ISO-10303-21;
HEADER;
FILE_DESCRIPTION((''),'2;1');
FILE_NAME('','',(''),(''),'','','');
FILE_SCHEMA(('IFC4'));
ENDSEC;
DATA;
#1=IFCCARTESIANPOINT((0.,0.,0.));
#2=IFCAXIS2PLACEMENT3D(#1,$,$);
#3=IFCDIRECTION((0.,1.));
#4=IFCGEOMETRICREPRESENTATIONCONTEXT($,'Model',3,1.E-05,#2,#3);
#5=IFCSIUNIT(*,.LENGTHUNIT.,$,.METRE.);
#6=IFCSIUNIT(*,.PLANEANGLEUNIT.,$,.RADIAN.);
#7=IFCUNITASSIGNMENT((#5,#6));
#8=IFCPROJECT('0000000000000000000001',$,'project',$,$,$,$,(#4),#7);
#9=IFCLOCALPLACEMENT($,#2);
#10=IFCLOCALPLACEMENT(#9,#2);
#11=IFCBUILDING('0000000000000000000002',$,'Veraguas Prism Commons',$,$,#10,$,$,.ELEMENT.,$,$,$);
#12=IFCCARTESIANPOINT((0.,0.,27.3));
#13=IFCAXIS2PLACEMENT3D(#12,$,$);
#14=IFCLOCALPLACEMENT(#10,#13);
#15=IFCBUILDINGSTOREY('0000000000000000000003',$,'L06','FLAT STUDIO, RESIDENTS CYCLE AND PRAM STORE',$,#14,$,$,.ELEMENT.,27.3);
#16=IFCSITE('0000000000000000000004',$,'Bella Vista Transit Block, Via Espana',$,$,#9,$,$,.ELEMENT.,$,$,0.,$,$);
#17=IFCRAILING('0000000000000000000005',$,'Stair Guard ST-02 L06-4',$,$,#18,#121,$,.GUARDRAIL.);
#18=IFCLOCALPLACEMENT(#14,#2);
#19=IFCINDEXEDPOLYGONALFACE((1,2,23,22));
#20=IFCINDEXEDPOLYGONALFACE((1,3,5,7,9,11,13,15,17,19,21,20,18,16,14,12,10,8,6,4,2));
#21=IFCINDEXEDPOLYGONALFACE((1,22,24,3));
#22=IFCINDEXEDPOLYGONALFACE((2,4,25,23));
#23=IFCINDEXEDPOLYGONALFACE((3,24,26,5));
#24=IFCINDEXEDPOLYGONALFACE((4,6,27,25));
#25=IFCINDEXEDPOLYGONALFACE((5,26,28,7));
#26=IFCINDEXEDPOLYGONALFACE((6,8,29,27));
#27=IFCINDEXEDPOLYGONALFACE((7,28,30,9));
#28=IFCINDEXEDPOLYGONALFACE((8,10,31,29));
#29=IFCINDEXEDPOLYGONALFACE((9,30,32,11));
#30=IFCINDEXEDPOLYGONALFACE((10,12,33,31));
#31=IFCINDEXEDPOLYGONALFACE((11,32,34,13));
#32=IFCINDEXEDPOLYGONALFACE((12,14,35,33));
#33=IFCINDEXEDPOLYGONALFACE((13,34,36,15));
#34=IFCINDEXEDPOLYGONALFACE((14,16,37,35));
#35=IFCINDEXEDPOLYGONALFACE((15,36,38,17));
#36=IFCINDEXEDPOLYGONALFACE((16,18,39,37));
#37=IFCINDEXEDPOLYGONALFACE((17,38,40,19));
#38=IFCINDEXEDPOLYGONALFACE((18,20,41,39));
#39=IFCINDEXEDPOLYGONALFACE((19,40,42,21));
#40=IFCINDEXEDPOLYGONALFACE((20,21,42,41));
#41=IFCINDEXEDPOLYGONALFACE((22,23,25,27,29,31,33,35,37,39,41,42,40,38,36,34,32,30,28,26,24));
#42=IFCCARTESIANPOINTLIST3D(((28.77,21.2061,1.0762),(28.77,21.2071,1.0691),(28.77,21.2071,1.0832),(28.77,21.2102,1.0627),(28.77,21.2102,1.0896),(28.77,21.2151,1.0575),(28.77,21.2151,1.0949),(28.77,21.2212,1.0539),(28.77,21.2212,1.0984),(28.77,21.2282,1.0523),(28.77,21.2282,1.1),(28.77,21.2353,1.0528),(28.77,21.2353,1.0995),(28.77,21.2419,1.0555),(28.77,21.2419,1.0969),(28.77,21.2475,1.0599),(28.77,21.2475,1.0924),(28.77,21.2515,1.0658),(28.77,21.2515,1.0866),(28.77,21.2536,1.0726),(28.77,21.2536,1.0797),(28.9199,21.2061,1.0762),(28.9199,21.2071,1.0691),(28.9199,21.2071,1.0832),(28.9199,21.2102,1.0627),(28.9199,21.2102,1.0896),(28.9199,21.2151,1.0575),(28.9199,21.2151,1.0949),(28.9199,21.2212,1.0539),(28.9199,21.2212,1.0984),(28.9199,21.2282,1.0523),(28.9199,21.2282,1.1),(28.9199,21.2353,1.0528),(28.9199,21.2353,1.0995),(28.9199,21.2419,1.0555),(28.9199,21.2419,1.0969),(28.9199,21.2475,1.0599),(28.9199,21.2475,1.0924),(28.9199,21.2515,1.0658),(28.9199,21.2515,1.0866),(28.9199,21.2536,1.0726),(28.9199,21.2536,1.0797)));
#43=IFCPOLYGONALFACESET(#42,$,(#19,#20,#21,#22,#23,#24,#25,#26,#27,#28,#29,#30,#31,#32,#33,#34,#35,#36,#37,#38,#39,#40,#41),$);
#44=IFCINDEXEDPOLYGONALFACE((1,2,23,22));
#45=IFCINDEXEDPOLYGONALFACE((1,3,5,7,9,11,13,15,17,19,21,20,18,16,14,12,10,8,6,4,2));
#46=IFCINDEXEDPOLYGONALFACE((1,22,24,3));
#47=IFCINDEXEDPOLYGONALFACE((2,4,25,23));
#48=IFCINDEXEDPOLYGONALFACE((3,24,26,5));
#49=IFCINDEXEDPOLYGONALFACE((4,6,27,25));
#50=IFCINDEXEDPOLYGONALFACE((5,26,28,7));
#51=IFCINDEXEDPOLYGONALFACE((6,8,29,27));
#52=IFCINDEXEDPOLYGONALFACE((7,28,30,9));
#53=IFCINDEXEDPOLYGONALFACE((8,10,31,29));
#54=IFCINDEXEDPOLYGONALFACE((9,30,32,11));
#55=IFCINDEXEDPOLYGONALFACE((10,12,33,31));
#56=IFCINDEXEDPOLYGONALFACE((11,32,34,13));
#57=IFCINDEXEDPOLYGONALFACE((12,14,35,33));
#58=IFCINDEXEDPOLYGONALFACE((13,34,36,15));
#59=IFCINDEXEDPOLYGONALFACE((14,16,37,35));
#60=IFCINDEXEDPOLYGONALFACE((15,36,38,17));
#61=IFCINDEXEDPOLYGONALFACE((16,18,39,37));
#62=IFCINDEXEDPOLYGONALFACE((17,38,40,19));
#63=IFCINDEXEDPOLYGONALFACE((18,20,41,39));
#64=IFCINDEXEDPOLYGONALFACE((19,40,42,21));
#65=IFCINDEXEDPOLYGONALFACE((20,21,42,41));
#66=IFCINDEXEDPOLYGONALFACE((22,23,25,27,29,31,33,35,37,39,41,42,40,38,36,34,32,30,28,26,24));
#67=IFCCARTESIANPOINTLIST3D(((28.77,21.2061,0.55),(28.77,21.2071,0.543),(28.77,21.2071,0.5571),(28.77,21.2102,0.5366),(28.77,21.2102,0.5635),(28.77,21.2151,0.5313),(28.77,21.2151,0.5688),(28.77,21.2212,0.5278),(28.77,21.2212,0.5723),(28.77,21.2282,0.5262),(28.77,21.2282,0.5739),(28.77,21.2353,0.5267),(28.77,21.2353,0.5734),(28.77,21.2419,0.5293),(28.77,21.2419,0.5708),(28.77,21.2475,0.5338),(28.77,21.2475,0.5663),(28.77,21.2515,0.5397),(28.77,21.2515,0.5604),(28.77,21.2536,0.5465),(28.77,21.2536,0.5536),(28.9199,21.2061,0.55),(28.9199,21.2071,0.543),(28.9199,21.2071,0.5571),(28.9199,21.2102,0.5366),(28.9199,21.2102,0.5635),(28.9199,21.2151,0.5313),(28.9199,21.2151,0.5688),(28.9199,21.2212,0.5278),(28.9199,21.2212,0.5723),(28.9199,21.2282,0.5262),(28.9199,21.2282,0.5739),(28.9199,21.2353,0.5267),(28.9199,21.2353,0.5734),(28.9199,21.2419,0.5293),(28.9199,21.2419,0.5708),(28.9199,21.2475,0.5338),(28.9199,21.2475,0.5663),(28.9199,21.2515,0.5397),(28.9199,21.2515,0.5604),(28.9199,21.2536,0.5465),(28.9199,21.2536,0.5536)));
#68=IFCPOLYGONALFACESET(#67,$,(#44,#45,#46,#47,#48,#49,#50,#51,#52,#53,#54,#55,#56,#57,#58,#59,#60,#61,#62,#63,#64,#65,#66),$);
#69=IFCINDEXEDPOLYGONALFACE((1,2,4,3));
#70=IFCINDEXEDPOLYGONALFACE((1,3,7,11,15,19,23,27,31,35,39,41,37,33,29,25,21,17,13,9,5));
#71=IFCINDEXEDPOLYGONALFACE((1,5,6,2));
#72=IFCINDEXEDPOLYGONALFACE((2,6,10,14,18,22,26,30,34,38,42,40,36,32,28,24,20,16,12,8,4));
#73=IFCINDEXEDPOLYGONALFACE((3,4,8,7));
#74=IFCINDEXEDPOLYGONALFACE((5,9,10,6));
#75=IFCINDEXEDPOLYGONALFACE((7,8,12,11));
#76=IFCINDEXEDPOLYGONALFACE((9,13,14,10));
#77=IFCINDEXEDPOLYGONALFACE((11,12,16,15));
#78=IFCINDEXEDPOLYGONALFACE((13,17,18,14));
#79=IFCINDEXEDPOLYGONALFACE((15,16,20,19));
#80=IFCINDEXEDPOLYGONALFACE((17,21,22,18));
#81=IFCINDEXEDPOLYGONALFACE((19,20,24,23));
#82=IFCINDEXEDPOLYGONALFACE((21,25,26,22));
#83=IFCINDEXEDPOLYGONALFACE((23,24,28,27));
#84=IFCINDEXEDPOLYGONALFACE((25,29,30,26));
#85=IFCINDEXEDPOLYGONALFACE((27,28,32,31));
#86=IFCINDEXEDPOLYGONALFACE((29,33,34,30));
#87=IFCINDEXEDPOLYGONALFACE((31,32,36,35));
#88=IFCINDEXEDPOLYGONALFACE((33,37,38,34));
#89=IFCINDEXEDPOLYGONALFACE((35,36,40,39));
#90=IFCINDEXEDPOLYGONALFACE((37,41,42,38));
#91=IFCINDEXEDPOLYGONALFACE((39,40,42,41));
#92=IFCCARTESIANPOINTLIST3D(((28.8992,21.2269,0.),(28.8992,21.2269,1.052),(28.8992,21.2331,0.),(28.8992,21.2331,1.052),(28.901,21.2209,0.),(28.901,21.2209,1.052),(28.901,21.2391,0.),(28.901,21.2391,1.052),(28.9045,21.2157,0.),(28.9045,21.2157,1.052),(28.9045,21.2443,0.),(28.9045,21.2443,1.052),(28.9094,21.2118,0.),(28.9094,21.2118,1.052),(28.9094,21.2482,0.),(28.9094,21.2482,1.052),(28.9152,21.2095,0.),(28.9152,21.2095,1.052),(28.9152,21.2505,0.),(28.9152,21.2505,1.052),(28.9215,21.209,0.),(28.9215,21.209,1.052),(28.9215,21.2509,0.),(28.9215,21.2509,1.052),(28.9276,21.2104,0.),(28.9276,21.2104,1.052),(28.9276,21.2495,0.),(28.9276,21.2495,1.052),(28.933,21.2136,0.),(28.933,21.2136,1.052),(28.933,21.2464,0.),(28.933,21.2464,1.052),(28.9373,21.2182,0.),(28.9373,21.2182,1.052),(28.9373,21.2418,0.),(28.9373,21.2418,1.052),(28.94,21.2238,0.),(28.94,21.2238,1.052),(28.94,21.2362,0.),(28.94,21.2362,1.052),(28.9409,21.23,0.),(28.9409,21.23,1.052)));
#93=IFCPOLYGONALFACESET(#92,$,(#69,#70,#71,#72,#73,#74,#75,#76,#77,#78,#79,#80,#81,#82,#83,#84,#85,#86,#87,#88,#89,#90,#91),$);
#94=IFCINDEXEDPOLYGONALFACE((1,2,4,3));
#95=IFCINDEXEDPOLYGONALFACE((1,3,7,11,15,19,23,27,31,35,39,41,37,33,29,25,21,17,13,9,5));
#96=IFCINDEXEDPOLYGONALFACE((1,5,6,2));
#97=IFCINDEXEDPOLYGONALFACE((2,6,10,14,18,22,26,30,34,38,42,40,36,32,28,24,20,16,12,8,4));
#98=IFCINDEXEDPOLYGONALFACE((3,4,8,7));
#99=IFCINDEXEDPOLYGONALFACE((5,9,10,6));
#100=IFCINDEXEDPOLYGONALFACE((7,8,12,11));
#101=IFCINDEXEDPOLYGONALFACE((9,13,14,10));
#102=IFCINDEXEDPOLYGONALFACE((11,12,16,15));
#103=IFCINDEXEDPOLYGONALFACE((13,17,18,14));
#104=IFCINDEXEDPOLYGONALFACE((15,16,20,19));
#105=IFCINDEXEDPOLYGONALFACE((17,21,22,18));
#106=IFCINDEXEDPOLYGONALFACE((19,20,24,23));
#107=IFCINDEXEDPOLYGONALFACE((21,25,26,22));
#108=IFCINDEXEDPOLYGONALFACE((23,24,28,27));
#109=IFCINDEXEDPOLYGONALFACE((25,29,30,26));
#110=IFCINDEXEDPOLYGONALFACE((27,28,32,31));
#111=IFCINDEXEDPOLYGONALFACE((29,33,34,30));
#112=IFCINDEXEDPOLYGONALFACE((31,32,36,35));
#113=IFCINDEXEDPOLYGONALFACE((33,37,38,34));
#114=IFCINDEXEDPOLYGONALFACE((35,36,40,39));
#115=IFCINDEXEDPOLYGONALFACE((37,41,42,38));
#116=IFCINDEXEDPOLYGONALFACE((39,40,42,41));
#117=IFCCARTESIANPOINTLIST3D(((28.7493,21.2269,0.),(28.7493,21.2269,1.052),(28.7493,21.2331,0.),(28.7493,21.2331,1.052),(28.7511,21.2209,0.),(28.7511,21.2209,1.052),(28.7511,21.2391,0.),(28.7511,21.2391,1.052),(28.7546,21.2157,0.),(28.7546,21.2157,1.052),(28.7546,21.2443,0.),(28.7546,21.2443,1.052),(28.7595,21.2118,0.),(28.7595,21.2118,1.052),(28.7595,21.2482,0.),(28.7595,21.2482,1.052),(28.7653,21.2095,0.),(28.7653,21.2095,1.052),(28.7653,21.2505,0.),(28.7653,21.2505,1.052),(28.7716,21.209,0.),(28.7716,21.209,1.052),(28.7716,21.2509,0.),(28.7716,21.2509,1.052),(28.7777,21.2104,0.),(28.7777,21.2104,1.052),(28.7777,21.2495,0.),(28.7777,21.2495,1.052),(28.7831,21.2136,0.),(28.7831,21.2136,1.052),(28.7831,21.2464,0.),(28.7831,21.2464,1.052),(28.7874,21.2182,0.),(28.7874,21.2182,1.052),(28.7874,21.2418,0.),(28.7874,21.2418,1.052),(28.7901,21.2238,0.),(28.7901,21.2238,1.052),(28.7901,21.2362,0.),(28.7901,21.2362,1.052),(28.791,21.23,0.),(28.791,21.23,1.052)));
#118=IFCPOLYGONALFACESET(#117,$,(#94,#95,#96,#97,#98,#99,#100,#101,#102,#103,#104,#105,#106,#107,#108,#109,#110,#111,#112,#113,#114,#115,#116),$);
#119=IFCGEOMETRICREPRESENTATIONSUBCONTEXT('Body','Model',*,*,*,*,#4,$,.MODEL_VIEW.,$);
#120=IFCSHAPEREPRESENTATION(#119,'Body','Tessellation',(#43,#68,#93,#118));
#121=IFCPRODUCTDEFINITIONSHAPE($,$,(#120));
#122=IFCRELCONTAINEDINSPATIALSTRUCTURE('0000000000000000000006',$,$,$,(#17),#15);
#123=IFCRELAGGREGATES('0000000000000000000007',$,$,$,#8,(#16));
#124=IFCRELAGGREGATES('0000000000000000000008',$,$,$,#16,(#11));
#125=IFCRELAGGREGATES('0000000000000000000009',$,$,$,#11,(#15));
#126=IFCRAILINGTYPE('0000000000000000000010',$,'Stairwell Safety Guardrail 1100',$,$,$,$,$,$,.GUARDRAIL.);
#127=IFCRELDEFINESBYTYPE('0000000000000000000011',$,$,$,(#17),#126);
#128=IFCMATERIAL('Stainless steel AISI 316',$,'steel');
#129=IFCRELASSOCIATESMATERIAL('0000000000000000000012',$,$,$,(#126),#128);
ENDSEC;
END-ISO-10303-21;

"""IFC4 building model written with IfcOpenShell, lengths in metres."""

from ifc_helpers import new_model, si_unit, direction, frame, origin, origin_2d, place, context, subcontext, project, spatial, circle, extrude, material, type_object, element, save


model = new_model("IFC4")

# Units and contexts
model_context = context("Model", 3, precision=1e-05, world=origin(), true_north=direction((0.0, 1.0)))
body_context = subcontext(model_context, "Body", "Model", "MODEL_VIEW")
ifc_project = project(units=[si_unit("LENGTHUNIT", "METRE"), si_unit("PLANEANGLEUNIT", "RADIAN")], contexts=[model_context])

# Site, building, storey
site_placement = place(None, origin())
site = spatial("IfcSite", under=ifc_project, at=site_placement, Name="Bella Vista Transit Block, Via Espana", CompositionType="ELEMENT", RefElevation=0.0)
building_placement = place(site_placement, origin())
building = spatial("IfcBuilding", under=site, at=building_placement, Name="Veraguas Prism Commons", CompositionType="ELEMENT")
storey_placement = place(building_placement, frame((0.0, 0.0, 27.3)))
storey = spatial("IfcBuildingStorey", under=building, at=storey_placement, Name="L06", Description="FLAT STUDIO, RESIDENTS CYCLE AND PRAM STORE", CompositionType="ELEMENT", Elevation=27.3)

# Shared definitions
ifc_material_1 = material(Name="Stainless steel AISI 316", Category="steel")

# Railing
railing_type_1 = type_object("IfcRailingType", Name="Stairwell Safety Guardrail 1100", PredefinedType="GUARDRAIL", material=ifc_material_1)
railing_1_placement = place(storey_placement, frame((28.9199, 21.23, 0.0)))
element("IfcRailing", 1, at=railing_1_placement, inside=storey, type_object=railing_type_1, Name="Stair Guard ST-02 L06-4", PredefinedType="GUARDRAIL", context=body_context, shape_type="SweptSolid", body=[
    extrude(circle(Radius=0.0239, at=origin_2d()), frame((0.0, 0.0, 1.0762), z_axis=(-1.0, 0.0, 0.0), x_axis=(0.0, -1.0, 0.0)), (0.0, 0.0, 1.0), 0.1499),
    extrude(circle(Radius=0.0239, at=origin_2d()), frame((0.0, 0.0, 0.55), z_axis=(-1.0, 0.0, 0.0), x_axis=(0.0, -1.0, 0.0)), (0.0, 0.0, 1.0), 0.1499),
    extrude(circle(Radius=0.021, at=origin_2d()), origin(), (0.0, 0.0, 1.0), 1.052),
    extrude(circle(Radius=0.021, at=origin_2d()), frame((-0.1499, 0.0, 0.0)), (0.0, 0.0, 1.0), 1.052),
])

save(model, "model.ifc")
